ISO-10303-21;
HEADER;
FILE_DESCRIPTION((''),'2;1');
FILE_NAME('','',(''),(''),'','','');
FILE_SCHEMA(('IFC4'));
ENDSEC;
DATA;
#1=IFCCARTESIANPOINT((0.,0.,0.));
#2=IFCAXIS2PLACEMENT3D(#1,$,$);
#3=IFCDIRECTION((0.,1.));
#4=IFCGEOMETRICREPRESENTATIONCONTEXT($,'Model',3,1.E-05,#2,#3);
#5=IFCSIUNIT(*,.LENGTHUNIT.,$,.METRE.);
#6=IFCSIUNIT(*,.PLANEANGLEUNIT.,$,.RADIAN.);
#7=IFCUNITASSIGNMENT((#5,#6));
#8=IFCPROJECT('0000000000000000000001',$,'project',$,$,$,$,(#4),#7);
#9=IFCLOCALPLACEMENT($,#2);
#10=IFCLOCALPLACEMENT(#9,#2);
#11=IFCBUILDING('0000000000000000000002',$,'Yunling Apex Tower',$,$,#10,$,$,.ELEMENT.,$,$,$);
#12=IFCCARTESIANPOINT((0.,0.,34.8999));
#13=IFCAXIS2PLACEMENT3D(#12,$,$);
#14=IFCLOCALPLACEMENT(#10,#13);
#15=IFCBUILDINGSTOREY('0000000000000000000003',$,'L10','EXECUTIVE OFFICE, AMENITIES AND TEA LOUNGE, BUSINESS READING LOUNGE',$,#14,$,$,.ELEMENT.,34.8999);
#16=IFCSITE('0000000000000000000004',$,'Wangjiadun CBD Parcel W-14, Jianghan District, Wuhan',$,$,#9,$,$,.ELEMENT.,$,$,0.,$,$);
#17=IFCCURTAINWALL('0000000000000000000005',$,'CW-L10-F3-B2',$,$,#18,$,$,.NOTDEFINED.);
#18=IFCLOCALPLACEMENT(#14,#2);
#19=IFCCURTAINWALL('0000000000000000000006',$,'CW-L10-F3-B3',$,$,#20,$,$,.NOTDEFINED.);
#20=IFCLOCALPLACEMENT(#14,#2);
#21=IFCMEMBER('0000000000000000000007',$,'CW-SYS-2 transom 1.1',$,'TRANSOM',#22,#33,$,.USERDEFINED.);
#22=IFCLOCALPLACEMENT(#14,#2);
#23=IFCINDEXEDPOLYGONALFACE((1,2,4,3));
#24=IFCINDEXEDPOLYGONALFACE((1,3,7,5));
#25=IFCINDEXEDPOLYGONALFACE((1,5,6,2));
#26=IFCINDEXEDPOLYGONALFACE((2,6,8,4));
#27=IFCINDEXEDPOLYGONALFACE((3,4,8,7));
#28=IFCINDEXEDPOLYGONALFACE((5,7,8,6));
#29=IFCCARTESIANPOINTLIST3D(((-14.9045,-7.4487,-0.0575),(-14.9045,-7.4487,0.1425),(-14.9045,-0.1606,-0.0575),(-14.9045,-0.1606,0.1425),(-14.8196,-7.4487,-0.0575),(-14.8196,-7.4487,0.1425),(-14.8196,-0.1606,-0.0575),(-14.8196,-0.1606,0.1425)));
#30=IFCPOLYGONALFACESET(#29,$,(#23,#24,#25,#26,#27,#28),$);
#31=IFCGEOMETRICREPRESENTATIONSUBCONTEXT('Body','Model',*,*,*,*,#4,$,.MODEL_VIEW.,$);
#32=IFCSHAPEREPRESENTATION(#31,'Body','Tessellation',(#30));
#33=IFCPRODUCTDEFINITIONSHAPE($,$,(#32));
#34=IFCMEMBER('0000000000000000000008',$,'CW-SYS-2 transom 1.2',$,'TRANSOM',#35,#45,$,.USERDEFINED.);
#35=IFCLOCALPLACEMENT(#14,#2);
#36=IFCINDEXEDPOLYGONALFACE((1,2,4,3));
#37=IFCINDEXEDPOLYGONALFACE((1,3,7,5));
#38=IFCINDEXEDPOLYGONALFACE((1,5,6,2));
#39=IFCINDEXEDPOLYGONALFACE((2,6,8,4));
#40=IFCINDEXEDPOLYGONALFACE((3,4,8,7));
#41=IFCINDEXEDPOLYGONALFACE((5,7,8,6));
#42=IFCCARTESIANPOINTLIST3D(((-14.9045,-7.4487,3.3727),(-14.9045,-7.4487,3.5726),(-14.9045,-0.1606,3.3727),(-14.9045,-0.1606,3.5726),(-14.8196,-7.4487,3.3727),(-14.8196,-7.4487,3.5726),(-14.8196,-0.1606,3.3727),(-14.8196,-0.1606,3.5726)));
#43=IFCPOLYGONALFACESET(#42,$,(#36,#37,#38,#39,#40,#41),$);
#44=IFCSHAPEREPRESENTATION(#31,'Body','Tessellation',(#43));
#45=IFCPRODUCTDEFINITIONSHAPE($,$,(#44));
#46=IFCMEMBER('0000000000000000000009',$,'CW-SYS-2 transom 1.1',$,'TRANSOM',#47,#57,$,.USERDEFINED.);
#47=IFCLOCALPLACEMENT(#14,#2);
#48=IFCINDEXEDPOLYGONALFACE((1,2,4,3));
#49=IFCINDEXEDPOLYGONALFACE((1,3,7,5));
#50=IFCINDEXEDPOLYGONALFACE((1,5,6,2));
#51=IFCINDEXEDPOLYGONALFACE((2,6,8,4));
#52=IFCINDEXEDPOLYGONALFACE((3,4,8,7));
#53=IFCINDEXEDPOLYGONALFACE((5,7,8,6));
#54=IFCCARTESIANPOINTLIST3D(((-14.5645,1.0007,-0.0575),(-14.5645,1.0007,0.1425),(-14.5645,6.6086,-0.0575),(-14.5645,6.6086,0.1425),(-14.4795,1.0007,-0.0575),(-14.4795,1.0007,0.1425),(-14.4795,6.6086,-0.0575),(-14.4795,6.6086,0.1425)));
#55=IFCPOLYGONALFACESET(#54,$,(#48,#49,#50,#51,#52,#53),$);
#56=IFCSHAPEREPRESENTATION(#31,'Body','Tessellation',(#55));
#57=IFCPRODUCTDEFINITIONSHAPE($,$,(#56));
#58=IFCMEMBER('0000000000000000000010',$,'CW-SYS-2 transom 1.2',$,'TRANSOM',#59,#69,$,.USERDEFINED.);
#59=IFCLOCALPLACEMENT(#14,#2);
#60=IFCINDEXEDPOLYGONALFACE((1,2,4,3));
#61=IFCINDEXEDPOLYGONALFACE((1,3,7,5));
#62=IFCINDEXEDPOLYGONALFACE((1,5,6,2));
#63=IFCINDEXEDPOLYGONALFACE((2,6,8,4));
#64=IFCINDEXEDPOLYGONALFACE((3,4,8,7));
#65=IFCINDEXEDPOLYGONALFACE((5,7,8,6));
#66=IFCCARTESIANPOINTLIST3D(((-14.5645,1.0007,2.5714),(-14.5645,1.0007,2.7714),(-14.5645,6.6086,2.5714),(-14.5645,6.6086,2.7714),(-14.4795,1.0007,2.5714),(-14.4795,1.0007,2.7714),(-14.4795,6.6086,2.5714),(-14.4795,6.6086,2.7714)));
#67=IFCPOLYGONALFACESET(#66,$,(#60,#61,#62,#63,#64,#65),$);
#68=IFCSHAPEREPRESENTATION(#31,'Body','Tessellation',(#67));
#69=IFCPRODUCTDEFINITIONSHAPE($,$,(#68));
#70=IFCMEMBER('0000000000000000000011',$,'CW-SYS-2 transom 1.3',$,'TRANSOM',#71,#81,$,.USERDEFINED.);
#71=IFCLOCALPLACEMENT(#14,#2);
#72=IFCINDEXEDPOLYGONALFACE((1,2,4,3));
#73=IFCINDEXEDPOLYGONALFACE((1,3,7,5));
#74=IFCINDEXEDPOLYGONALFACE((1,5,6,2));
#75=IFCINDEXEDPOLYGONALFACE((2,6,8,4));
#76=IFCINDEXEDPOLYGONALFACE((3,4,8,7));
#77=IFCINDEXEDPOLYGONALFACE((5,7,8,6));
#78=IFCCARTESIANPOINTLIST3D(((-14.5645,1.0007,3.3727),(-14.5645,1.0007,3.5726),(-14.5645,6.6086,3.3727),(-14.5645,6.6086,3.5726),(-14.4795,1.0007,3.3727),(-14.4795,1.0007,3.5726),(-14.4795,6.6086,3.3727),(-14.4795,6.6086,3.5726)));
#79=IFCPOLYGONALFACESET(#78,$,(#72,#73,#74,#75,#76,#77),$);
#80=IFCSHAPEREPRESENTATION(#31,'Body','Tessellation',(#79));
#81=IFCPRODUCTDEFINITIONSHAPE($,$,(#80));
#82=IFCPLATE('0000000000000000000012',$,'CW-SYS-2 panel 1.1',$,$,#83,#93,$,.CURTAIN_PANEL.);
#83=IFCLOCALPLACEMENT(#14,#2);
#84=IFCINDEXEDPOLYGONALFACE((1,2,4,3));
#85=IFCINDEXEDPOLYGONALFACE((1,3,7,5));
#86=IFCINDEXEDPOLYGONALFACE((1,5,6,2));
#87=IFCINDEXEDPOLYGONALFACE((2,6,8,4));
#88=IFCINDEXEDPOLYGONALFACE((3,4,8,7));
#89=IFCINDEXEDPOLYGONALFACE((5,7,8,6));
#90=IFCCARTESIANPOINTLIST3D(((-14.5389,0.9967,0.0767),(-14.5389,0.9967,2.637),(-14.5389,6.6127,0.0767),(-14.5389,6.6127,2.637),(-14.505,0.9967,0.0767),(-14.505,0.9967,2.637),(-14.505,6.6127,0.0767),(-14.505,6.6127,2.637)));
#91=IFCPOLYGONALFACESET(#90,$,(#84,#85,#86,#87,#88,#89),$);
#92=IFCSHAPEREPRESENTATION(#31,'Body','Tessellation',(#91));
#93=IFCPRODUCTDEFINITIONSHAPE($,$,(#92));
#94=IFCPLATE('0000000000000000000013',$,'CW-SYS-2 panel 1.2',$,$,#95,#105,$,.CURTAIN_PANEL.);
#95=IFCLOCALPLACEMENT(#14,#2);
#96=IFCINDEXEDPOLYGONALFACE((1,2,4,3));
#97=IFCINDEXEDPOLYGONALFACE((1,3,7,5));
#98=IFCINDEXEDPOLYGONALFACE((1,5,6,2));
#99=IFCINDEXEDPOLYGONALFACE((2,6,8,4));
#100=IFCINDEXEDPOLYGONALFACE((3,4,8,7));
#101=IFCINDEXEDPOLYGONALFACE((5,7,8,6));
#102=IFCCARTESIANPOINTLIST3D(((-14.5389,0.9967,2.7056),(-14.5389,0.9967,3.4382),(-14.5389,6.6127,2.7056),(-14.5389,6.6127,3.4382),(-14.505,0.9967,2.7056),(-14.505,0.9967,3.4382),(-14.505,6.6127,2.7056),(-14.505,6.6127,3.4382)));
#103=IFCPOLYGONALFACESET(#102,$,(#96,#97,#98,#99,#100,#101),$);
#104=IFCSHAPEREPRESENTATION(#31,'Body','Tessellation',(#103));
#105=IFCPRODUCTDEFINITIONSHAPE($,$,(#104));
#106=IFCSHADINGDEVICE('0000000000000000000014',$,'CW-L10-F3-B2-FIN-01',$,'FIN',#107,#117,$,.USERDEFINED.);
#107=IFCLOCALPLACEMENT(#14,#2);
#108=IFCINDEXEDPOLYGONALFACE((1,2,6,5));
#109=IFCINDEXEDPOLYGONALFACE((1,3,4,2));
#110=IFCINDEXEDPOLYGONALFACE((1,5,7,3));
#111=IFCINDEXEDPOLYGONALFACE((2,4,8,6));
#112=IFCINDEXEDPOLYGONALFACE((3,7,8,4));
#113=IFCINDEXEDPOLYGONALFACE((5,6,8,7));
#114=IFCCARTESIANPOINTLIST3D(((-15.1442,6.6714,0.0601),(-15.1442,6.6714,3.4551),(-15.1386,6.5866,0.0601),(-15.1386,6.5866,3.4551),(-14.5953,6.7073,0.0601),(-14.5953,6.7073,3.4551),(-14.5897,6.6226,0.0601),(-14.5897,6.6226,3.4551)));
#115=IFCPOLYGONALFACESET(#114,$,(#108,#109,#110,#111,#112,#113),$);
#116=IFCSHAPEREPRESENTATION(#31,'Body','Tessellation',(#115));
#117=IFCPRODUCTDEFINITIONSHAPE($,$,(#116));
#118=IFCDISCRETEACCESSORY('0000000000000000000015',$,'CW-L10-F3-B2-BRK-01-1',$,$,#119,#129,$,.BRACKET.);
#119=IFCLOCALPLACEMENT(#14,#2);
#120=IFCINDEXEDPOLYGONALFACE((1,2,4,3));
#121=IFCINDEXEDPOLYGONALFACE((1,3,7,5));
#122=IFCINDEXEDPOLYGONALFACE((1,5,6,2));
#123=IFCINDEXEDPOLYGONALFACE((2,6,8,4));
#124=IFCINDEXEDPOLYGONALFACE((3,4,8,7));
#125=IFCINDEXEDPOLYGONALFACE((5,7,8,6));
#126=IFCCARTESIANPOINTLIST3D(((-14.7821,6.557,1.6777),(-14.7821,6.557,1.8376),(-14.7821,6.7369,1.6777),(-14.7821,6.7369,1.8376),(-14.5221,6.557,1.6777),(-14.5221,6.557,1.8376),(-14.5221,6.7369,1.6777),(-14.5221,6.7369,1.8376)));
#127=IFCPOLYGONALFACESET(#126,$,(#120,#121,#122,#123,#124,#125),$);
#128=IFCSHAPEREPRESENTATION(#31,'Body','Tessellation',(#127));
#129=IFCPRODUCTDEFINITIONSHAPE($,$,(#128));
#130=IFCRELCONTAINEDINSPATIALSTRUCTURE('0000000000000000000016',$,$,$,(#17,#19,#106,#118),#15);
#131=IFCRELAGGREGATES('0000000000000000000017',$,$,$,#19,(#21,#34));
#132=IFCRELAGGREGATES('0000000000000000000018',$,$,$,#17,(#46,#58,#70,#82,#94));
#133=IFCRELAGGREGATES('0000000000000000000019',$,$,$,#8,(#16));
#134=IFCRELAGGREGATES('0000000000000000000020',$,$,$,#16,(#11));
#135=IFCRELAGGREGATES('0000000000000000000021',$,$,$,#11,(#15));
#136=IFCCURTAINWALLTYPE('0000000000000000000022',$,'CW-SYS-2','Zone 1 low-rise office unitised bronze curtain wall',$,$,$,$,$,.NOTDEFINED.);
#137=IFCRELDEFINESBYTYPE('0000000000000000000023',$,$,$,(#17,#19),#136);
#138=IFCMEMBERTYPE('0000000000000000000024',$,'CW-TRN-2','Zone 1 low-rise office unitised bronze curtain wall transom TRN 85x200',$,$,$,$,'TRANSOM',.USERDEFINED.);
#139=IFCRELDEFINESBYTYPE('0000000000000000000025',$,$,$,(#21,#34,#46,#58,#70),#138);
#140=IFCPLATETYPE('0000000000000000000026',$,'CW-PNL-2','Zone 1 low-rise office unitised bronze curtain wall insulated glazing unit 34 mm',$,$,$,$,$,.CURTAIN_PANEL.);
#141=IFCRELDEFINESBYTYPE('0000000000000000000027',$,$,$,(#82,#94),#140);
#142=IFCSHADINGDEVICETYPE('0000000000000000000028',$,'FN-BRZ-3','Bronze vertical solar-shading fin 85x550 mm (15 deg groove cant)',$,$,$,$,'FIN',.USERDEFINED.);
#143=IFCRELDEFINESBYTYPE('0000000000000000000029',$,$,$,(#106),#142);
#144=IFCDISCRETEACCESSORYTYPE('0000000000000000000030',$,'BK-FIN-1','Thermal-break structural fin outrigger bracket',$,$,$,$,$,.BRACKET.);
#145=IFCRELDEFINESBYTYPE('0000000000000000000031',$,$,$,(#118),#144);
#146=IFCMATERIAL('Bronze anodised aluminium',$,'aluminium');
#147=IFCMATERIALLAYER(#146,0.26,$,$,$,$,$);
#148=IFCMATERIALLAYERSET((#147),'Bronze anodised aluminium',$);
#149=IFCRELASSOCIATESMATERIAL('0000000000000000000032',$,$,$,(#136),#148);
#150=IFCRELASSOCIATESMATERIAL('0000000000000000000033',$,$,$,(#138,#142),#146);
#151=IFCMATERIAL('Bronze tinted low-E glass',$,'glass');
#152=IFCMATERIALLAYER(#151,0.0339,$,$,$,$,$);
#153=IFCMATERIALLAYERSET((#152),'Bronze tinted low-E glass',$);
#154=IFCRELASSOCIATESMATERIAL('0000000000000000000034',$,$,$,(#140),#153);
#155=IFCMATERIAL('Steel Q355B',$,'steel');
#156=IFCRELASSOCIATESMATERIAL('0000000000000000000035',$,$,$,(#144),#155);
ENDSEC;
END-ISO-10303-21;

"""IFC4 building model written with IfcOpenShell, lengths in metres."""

from ifc_helpers import new_model, si_unit, direction, frame, origin, origin_2d, place, context, subcontext, project, spatial, rectangle, extrude, source, transform, mapped, material, layer, layer_set, material_profile, profile_set, type_object, element, aggregate, save


model = new_model("IFC4")

# Units and contexts
model_context = context("Model", 3, precision=1e-05, world=origin(), true_north=direction((0.0, 1.0)))
body_context = subcontext(model_context, "Body", "Model", "MODEL_VIEW")
ifc_project = project(units=[si_unit("LENGTHUNIT", "METRE"), si_unit("PLANEANGLEUNIT", "RADIAN")], contexts=[model_context])

# Site, building, storey
site_placement = place(None, origin())
site = spatial("IfcSite", under=ifc_project, at=site_placement, Name="Wangjiadun CBD Parcel W-14, Jianghan District, Wuhan", CompositionType="ELEMENT", RefElevation=0.0)
building_placement = place(site_placement, origin())
building = spatial("IfcBuilding", under=site, at=building_placement, Name="Yunling Apex Tower", CompositionType="ELEMENT")
storey_placement = place(building_placement, frame((0.0, 0.0, 34.8999)))
storey = spatial("IfcBuildingStorey", under=building, at=storey_placement, Name="L10", Description="EXECUTIVE OFFICE, AMENITIES AND TEA LOUNGE, BUSINESS READING LOUNGE", CompositionType="ELEMENT", Elevation=34.8999)

# Shared definitions
ifc_material_1 = material(Name="Steel Q355B", Category="steel")

# Curtain walls, members
ifc_material_2 = material(Name="Bronze anodised aluminium", Category="aluminium")
ifc_layer_1 = layer(ifc_material_2, 0.26)
ifc_layer_set_1 = layer_set([ifc_layer_1], Name="Bronze anodised aluminium")
curtain_wall_type = type_object("IfcCurtainWallType", Name="CW-SYS-2", Description="Zone 1 low-rise office unitised bronze curtain wall", PredefinedType="NOTDEFINED", material=ifc_layer_set_1)
curtain_wall_1_placement = place(storey_placement, origin())
curtain_wall_1 = element("IfcCurtainWall", 1, at=curtain_wall_1_placement, inside=storey, type_object=curtain_wall_type, Name="CW-L10-F3-B2", PredefinedType="NOTDEFINED")
curtain_wall_2_placement = place(storey_placement, origin())
curtain_wall_2 = element("IfcCurtainWall", 2, at=curtain_wall_2_placement, inside=storey, type_object=curtain_wall_type, Name="CW-L10-F3-B3", PredefinedType="NOTDEFINED")
ifc_material_profile_1 = material_profile(ifc_material_2, rectangle(XDim=0.085, YDim=0.2, at=origin_2d()))
ifc_profile_set_1 = profile_set([ifc_material_profile_1], Name="Bronze anodised aluminium")
member_type_1 = type_object("IfcMemberType", Name="CW-TRN-2", Description="Zone 1 low-rise office unitised bronze curtain wall transom TRN 85x200", ElementType="TRANSOM", PredefinedType="USERDEFINED", material=ifc_profile_set_1)
shared_shape_1 = source(origin(), body_context, "Body", "SweptSolid", [
    extrude(rectangle(XDim=0.085, YDim=0.2, at=origin_2d()), origin(), (0.0, 0.0, 1.0), 7.2881),
])
member_1_placement = place(storey_placement, frame((-14.8621, -0.1606, 0.0425), z_axis=(0.0, -1.0, 0.0), x_axis=(1.0, 0.0, 0.0)))
member_1 = element("IfcMember", 3, at=member_1_placement, type_object=member_type_1, Name="CW-SYS-2 transom 1.1", ObjectType="TRANSOM", PredefinedType="USERDEFINED", context=body_context, shape_type="MappedRepresentation", body=[
    mapped(shared_shape_1, transform((0.0, 0.0, 0.0), scale=1.0)),
])
member_2_placement = place(storey_placement, frame((-14.8621, -0.1606, 3.4727), z_axis=(0.0, -1.0, 0.0), x_axis=(1.0, 0.0, 0.0)))
member_2 = element("IfcMember", 4, at=member_2_placement, type_object=member_type_1, Name="CW-SYS-2 transom 1.2", ObjectType="TRANSOM", PredefinedType="USERDEFINED", context=body_context, shape_type="MappedRepresentation", body=[
    mapped(shared_shape_1, transform((0.0, 0.0, 0.0), scale=1.0)),
])
aggregate(curtain_wall_2, [member_1, member_2])

# Members
shared_shape_2 = source(origin(), body_context, "Body", "SweptSolid", [
    extrude(rectangle(XDim=0.085, YDim=0.2, at=origin_2d()), origin(), (0.0, 0.0, 1.0), 5.6079),
])
member_3_placement = place(storey_placement, frame((-14.522, 6.6086, 0.0425), z_axis=(0.0, -1.0, 0.0), x_axis=(1.0, 0.0, 0.0)))
member_3 = element("IfcMember", 5, at=member_3_placement, type_object=member_type_1, Name="CW-SYS-2 transom 1.1", ObjectType="TRANSOM", PredefinedType="USERDEFINED", context=body_context, shape_type="MappedRepresentation", body=[
    mapped(shared_shape_2, transform((0.0, 0.0, 0.0), scale=1.0)),
])
member_4_placement = place(storey_placement, frame((-14.522, 6.6086, 2.6714), z_axis=(0.0, -1.0, 0.0), x_axis=(1.0, 0.0, 0.0)))
member_4 = element("IfcMember", 6, at=member_4_placement, type_object=member_type_1, Name="CW-SYS-2 transom 1.2", ObjectType="TRANSOM", PredefinedType="USERDEFINED", context=body_context, shape_type="MappedRepresentation", body=[
    mapped(shared_shape_2, transform((0.0, 0.0, 0.0), scale=1.0)),
])
member_5_placement = place(storey_placement, frame((-14.522, 6.6086, 3.4727), z_axis=(0.0, -1.0, 0.0), x_axis=(1.0, 0.0, 0.0)))
member_5 = element("IfcMember", 7, at=member_5_placement, type_object=member_type_1, Name="CW-SYS-2 transom 1.3", ObjectType="TRANSOM", PredefinedType="USERDEFINED", context=body_context, shape_type="MappedRepresentation", body=[
    mapped(shared_shape_2, transform((0.0, 0.0, 0.0), scale=1.0)),
])

# Plates
ifc_material_3 = material(Name="Bronze tinted low-E glass", Category="glass")
ifc_layer_2 = layer(ifc_material_3, 0.0339)
ifc_layer_set_2 = layer_set([ifc_layer_2], Name="Bronze tinted low-E glass")
plate_type = type_object("IfcPlateType", Name="CW-PNL-2", Description="Zone 1 low-rise office unitised bronze curtain wall insulated glazing unit 34 mm", PredefinedType="CURTAIN_PANEL", material=ifc_layer_set_2)
shared_shape_3 = source(origin(), body_context, "Body", "SweptSolid", [
    extrude(rectangle(XDim=5.616, YDim=0.0339, at=origin_2d()), origin(), (0.0, 0.0, 1.0), 2.5603),
])
plate_1_placement = place(storey_placement, frame((-14.522, 3.8047, 0.0767), z_axis=(0.0, 0.0, 1.0), x_axis=(0.0, -1.0, 0.0)))
plate_1 = element("IfcPlate", 8, at=plate_1_placement, type_object=plate_type, Name="CW-SYS-2 panel 1.1", PredefinedType="CURTAIN_PANEL", context=body_context, shape_type="MappedRepresentation", body=[
    mapped(shared_shape_3, transform((0.0, 0.0, 0.0), scale=1.0)),
])
shared_shape_4 = source(origin(), body_context, "Body", "SweptSolid", [
    extrude(rectangle(XDim=5.616, YDim=0.0339, at=origin_2d()), origin(), (0.0, 0.0, 1.0), 0.7327),
])
plate_2_placement = place(storey_placement, frame((-14.522, 3.8047, 2.7056), z_axis=(0.0, 0.0, 1.0), x_axis=(0.0, -1.0, 0.0)))
plate_2 = element("IfcPlate", 9, at=plate_2_placement, type_object=plate_type, Name="CW-SYS-2 panel 1.2", PredefinedType="CURTAIN_PANEL", context=body_context, shape_type="MappedRepresentation", body=[
    mapped(shared_shape_4, transform((0.0, 0.0, 0.0), scale=1.0)),
])
aggregate(curtain_wall_1, [member_3, member_4, member_5, plate_1, plate_2])

# Shading device
ifc_material_profile_2 = material_profile(ifc_material_2, rectangle(XDim=0.085, YDim=0.55, at=origin_2d()))
ifc_profile_set_2 = profile_set([ifc_material_profile_2], Name="Bronze anodised aluminium")
shading_device_type = type_object("IfcShadingDeviceType", Name="FN-BRZ-3", Description="Bronze vertical solar-shading fin 85x550 mm (15 deg groove cant)", ElementType="FIN", PredefinedType="USERDEFINED", material=ifc_profile_set_2)
shared_shape_5 = source(origin(), body_context, "Body", "SweptSolid", [
    extrude(rectangle(XDim=0.085, YDim=0.55, at=origin_2d()), origin(), (0.0, 0.0, 1.0), 3.395),
])
shading_device_placement = place(storey_placement, frame((-14.8669, 6.647, 0.0601), z_axis=(0.0, 0.0, 1.0), x_axis=(0.065403, -0.997859, 0.0)))
element("IfcShadingDevice", 10, at=shading_device_placement, inside=storey, type_object=shading_device_type, Name="CW-L10-F3-B2-FIN-01", ObjectType="FIN", PredefinedType="USERDEFINED", context=body_context, shape_type="MappedRepresentation", body=[
    mapped(shared_shape_5, transform((0.0, 0.0, 0.0), scale=1.0)),
])

# Discrete accessory
discrete_accessory_type = type_object("IfcDiscreteAccessoryType", Name="BK-FIN-1", Description="Thermal-break structural fin outrigger bracket", PredefinedType="BRACKET", material=ifc_material_1)
shared_shape_6 = source(origin(), body_context, "Body", "SweptSolid", [
    extrude(rectangle(XDim=0.1799, YDim=0.26, at=origin_2d()), origin(), (0.0, 0.0, 1.0), 0.1599),
])
discrete_accessory_placement = place(storey_placement, frame((-14.6521, 6.647, 1.6777), z_axis=(0.0, 0.0, 1.0), x_axis=(0.0, -1.0, 0.0)))
element("IfcDiscreteAccessory", 11, at=discrete_accessory_placement, inside=storey, type_object=discrete_accessory_type, Name="CW-L10-F3-B2-BRK-01-1", PredefinedType="BRACKET", context=body_context, shape_type="MappedRepresentation", body=[
    mapped(shared_shape_6, transform((0.0, 0.0, 0.0), scale=1.0)),
])

save(model, "model.ifc")
